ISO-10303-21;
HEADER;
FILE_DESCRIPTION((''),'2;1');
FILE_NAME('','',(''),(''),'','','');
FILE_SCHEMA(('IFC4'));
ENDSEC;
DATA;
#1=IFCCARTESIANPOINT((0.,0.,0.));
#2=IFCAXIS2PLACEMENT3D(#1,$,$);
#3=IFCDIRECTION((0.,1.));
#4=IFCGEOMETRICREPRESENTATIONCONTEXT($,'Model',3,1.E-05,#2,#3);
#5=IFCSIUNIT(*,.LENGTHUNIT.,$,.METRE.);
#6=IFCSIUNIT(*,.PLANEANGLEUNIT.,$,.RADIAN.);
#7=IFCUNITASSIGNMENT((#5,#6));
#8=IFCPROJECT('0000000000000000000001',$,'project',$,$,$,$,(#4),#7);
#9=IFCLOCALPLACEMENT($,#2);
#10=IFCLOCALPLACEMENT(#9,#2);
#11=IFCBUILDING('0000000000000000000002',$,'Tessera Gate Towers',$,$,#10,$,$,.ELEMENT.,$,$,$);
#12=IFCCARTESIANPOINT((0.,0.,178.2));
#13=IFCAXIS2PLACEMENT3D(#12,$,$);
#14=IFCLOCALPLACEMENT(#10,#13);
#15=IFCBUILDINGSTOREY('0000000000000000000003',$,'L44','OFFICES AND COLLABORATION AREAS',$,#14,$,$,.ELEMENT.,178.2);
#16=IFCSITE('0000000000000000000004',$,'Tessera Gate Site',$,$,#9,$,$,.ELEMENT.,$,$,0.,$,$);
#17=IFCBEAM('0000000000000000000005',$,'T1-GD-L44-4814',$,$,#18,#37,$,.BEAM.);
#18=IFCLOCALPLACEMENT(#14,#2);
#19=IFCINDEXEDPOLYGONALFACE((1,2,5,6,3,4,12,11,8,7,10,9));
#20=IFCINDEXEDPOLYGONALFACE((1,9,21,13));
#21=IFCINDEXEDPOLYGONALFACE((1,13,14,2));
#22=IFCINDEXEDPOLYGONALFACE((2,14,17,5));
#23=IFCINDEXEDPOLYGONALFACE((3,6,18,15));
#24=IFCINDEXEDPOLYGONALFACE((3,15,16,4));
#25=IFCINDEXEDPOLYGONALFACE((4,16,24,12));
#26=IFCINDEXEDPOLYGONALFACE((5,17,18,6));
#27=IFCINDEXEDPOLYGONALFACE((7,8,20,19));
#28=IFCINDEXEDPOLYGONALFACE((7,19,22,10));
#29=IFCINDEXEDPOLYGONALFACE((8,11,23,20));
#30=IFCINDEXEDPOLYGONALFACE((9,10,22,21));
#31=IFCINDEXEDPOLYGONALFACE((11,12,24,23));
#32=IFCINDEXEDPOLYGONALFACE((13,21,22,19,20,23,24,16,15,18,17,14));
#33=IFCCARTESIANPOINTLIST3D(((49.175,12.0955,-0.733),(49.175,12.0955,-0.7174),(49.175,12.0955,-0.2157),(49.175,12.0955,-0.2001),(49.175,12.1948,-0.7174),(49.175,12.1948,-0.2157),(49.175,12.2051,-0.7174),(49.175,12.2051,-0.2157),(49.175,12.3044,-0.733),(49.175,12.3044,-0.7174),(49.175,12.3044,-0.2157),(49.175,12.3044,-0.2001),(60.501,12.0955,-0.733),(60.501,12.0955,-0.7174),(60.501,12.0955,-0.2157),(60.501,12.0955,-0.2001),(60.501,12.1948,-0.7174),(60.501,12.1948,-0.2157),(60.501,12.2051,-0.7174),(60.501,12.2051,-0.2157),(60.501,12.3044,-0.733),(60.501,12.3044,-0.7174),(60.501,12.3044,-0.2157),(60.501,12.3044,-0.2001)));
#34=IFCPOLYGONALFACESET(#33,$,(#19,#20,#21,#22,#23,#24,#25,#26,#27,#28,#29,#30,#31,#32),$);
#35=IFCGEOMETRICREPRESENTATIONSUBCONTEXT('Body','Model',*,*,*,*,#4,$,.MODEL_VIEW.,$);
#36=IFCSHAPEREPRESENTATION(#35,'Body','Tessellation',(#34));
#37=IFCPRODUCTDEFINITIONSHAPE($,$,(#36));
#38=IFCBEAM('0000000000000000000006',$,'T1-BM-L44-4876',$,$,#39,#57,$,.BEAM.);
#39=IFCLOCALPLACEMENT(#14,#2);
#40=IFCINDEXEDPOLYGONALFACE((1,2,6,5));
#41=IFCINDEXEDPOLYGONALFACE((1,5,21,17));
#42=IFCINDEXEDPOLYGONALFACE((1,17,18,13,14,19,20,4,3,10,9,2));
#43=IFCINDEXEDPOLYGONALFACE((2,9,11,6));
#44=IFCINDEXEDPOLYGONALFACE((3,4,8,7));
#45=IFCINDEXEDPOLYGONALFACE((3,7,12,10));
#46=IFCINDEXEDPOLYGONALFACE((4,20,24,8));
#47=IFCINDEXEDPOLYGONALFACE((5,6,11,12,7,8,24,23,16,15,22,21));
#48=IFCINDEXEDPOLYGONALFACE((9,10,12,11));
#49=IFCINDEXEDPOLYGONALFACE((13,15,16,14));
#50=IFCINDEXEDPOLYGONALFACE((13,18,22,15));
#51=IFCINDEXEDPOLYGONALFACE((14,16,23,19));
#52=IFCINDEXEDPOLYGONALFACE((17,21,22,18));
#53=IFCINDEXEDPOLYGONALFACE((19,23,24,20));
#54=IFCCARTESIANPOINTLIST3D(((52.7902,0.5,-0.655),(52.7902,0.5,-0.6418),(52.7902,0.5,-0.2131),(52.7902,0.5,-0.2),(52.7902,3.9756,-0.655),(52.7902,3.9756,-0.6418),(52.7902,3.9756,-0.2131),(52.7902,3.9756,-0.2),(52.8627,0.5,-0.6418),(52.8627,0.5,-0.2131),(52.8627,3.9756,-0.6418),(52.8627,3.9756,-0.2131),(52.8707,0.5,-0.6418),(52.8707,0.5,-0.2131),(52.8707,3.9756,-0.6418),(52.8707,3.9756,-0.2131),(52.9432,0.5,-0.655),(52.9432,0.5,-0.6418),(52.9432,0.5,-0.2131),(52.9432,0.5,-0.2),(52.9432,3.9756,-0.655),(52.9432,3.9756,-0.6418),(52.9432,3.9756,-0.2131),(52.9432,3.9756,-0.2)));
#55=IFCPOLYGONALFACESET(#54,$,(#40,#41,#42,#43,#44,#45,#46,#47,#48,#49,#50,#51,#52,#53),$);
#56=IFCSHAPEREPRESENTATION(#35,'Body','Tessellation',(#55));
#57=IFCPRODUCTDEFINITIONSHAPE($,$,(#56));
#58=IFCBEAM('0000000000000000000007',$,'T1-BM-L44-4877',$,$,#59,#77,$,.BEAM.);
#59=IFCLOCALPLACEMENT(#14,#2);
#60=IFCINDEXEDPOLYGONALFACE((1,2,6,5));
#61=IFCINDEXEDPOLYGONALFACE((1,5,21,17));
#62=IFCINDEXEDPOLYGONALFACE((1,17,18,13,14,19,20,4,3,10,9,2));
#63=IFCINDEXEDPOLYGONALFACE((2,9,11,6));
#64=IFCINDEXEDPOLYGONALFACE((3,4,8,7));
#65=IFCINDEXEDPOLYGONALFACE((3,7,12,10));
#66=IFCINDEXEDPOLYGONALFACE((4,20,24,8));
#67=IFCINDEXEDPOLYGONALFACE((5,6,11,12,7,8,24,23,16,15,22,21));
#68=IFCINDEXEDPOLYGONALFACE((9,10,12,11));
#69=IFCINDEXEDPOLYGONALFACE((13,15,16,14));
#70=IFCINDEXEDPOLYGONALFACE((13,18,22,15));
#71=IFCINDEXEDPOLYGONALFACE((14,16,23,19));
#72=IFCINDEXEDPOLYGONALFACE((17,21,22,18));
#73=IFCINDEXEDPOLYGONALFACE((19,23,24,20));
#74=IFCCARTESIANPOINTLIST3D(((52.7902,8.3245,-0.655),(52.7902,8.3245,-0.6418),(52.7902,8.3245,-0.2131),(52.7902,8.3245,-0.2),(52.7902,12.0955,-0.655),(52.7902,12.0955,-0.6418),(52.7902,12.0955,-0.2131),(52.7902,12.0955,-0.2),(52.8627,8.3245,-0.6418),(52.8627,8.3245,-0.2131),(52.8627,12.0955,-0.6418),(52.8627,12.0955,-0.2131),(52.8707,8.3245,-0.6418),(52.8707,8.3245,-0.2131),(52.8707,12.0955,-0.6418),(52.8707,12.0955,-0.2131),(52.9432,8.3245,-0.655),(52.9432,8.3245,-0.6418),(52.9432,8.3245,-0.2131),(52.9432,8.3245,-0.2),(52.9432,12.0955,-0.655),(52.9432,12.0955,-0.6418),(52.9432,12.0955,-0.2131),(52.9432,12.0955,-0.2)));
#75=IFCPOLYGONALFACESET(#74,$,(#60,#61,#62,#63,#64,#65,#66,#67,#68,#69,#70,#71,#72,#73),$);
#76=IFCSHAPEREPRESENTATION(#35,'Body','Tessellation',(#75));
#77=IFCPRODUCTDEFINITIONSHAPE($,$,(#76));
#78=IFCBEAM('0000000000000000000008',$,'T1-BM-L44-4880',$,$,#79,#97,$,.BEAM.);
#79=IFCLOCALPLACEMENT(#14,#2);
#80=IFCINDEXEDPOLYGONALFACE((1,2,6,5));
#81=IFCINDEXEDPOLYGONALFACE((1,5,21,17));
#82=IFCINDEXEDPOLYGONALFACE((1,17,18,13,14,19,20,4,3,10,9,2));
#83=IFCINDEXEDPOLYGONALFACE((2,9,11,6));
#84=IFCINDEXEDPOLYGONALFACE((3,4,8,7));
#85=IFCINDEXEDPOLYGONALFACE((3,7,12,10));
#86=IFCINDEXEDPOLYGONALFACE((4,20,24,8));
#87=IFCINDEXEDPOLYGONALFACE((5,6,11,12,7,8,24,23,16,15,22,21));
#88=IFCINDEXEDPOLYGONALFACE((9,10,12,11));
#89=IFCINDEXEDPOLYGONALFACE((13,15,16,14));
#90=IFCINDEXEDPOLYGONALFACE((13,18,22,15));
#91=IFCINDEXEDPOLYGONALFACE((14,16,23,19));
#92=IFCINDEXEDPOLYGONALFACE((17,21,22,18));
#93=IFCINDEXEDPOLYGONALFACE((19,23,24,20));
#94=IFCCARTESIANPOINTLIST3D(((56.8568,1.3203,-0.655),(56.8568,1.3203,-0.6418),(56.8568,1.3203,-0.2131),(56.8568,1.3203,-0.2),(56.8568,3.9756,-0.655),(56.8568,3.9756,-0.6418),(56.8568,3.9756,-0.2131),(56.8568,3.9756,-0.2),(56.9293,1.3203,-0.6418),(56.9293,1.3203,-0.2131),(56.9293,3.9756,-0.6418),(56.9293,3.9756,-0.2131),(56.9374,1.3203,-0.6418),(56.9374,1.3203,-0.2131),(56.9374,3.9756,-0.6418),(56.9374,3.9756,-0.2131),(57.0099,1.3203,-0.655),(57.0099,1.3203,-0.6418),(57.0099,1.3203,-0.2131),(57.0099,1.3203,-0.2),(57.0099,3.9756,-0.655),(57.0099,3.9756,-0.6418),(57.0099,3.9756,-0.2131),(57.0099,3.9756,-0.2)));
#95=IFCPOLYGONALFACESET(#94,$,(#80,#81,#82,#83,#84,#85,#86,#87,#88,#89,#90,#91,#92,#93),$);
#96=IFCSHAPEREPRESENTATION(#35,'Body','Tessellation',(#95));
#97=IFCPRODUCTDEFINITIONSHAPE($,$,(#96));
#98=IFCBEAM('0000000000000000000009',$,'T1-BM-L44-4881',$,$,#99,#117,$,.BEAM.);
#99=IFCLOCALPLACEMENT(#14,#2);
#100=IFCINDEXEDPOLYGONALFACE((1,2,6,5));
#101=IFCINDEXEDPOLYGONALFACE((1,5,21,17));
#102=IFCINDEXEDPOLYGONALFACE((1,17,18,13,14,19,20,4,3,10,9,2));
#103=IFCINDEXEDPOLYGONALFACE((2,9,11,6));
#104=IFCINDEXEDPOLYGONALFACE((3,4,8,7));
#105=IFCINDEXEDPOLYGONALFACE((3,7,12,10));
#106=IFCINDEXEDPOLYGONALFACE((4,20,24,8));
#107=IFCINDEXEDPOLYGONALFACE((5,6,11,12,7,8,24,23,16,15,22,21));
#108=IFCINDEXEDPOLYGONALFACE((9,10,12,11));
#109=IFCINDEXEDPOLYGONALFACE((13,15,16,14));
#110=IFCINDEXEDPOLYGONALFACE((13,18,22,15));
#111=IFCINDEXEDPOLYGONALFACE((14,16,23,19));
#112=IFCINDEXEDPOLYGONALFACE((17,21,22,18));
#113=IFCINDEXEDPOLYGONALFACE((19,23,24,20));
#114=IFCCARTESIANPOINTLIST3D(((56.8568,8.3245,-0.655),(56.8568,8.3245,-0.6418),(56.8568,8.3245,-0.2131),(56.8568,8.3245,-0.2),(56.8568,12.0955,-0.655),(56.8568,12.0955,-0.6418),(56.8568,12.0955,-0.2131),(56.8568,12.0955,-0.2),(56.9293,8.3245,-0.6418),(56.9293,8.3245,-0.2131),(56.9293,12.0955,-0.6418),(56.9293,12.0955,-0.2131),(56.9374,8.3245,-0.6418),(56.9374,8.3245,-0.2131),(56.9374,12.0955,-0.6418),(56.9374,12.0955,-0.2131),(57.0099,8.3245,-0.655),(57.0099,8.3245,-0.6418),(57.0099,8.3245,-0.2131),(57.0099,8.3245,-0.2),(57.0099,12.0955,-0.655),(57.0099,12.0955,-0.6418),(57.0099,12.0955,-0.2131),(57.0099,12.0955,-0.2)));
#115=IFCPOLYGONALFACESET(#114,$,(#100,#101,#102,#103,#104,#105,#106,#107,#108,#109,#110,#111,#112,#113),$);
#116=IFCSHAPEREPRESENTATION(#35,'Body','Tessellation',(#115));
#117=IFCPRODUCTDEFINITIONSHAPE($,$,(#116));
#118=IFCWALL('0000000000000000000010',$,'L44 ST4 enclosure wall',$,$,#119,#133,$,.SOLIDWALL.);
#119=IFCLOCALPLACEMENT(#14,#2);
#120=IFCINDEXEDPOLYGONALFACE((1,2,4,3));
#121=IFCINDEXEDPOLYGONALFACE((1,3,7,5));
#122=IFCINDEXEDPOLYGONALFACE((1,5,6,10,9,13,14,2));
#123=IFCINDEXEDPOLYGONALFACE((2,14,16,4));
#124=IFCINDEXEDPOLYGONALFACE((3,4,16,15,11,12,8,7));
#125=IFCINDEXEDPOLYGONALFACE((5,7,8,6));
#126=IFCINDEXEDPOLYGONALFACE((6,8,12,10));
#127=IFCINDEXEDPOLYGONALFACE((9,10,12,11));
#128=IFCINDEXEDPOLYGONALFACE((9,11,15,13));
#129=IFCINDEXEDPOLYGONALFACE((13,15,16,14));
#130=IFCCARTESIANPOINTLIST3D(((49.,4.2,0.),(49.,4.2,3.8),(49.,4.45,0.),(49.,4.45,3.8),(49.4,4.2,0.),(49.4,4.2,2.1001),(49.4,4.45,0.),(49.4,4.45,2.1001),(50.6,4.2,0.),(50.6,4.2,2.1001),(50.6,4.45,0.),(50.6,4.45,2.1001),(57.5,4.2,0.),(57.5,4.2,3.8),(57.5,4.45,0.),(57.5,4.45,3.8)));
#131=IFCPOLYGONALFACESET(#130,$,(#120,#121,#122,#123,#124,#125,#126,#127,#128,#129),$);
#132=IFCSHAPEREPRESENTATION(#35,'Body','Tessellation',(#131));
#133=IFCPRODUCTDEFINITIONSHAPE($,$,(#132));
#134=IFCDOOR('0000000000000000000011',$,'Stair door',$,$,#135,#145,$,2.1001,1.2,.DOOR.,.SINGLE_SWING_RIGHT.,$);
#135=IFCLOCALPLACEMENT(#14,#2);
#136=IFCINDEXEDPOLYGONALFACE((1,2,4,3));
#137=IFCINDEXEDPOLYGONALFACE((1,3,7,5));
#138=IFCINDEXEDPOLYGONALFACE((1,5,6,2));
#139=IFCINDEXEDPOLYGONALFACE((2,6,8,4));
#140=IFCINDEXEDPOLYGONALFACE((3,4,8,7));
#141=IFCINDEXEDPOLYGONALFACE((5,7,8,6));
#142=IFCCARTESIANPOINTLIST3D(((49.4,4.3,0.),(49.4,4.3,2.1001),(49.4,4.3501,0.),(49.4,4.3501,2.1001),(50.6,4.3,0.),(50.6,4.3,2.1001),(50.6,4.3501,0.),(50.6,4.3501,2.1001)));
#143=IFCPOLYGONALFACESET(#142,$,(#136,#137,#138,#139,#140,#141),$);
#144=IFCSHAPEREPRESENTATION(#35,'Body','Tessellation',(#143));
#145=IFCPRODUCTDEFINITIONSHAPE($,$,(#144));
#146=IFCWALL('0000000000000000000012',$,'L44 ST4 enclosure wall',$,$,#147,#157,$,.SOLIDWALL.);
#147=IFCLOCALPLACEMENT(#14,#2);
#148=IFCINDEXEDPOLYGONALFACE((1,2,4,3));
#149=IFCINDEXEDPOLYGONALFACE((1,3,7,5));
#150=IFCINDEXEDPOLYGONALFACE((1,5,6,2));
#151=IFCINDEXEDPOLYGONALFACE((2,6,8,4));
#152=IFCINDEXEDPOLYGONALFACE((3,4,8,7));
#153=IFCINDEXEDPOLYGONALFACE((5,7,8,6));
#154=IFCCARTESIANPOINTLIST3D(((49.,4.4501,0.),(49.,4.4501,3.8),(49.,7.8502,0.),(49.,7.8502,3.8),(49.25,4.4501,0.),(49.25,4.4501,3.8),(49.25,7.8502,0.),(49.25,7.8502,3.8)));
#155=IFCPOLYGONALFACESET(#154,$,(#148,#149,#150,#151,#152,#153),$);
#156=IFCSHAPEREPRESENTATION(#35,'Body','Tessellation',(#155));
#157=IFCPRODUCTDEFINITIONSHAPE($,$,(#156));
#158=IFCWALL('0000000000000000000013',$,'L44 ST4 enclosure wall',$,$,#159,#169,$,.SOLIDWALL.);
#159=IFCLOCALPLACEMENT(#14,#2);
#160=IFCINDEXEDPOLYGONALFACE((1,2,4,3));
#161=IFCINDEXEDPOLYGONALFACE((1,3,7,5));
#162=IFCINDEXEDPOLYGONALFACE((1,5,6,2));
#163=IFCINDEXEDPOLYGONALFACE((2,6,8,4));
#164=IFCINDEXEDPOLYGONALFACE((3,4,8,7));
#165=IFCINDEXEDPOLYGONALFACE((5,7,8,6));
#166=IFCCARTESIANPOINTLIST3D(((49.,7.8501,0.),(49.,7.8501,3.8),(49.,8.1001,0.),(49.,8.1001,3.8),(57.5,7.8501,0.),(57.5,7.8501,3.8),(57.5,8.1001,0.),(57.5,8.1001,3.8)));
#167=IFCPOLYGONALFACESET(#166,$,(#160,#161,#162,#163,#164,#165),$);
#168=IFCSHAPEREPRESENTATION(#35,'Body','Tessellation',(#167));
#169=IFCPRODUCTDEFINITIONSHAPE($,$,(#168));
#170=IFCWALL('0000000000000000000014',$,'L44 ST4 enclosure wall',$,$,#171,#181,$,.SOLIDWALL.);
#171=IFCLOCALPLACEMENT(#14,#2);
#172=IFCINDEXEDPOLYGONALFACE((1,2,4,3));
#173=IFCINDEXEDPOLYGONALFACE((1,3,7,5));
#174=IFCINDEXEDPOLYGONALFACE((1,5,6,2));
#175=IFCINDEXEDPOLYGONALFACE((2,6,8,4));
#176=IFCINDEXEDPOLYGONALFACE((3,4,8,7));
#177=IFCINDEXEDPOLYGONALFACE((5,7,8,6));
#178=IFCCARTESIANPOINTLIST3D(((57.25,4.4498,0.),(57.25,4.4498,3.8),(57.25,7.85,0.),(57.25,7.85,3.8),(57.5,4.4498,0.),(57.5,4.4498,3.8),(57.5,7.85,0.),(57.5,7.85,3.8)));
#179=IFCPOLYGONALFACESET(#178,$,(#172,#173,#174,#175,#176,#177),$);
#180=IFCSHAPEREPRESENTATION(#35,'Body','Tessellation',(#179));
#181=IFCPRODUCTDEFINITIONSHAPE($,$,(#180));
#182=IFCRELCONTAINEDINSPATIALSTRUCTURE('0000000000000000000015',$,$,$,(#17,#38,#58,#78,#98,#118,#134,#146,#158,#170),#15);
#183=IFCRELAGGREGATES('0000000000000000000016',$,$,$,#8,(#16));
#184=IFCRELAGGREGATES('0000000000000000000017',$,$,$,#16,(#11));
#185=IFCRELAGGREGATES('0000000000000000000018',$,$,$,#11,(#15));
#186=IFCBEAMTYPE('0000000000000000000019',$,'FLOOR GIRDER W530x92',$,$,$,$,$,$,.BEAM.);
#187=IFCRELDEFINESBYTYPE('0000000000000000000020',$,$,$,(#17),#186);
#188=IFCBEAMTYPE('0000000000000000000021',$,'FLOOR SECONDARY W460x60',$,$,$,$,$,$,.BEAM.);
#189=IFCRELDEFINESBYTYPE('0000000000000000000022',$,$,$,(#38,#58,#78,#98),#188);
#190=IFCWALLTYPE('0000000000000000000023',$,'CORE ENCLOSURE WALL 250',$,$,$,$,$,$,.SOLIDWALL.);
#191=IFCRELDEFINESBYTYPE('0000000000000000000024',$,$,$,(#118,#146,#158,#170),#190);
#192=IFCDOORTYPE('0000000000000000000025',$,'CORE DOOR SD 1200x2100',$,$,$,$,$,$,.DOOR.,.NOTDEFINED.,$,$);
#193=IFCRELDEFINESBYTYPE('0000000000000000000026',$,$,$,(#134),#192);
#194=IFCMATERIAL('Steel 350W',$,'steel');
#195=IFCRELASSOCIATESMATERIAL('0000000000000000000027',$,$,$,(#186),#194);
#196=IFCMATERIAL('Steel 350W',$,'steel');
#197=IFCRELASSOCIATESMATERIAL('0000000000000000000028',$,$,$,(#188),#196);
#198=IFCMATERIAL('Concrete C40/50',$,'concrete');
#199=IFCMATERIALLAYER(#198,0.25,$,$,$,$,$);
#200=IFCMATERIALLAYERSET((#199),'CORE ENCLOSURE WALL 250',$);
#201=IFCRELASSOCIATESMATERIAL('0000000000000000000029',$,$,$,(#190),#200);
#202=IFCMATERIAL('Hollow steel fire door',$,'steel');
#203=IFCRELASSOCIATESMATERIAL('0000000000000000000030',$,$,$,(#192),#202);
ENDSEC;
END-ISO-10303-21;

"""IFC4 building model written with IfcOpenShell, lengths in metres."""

from ifc_helpers import new_model, si_unit, direction, frame, frame_2d, origin, origin_2d, place, context, subcontext, project, spatial, rectangle, i_section, extrude, source, transform, mapped, material, layer, layer_set, material_profile, profile_set, type_object, element, fill, save


model = new_model("IFC4")

# Units and contexts
model_context = context("Model", 3, precision=1e-05, world=origin(), true_north=direction((0.0, 1.0)))
body_context = subcontext(model_context, "Body", "Model", "MODEL_VIEW")
ifc_project = project(units=[si_unit("LENGTHUNIT", "METRE"), si_unit("PLANEANGLEUNIT", "RADIAN")], contexts=[model_context])

# Site, building, storey
site_placement = place(None, origin())
site = spatial("IfcSite", under=ifc_project, at=site_placement, Name="Tessera Gate Site", CompositionType="ELEMENT", RefElevation=0.0)
building_placement = place(site_placement, origin())
building = spatial("IfcBuilding", under=site, at=building_placement, Name="Tessera Gate Towers", CompositionType="ELEMENT")
storey_placement = place(building_placement, frame((0.0, 0.0, 178.2)))
storey = spatial("IfcBuildingStorey", under=building, at=storey_placement, Name="L44", Description="OFFICES AND COLLABORATION AREAS", CompositionType="ELEMENT", Elevation=178.2)

# Beams
ifc_material_1 = material(Name="Steel 350W", Category="steel")
ifc_material_profile_1 = material_profile(ifc_material_1, i_section(OverallWidth=0.209, OverallDepth=0.533, WebThickness=0.0103, FlangeThickness=0.0156, at=origin_2d()), Name="W530x92")
ifc_profile_set_1 = profile_set([ifc_material_profile_1], Name="Steel 350W")
beam_type_1 = type_object("IfcBeamType", Name="FLOOR GIRDER W530x92", PredefinedType="BEAM", material=ifc_profile_set_1)
beam_1_placement = place(storey_placement, frame((49.175, 12.2, -0.4666), z_axis=(1.0, 0.0, 0.0), x_axis=(0.0, 1.0, 0.0)))
element("IfcBeam", 1, at=beam_1_placement, inside=storey, type_object=beam_type_1, Name="T1-GD-L44-4814", PredefinedType="BEAM", context=body_context, shape_type="SweptSolid", body=[
    extrude(i_section(OverallWidth=0.209, OverallDepth=0.533, WebThickness=0.0103, FlangeThickness=0.0156, at=origin_2d()), origin(), (0.0, 0.0, 1.0), 11.3259),
])
ifc_material_2 = material(Name="Steel 350W", Category="steel")
ifc_material_profile_2 = material_profile(ifc_material_2, i_section(OverallWidth=0.1531, OverallDepth=0.4551, WebThickness=0.0081, FlangeThickness=0.0132, at=origin_2d()), Name="W460x60")
ifc_profile_set_2 = profile_set([ifc_material_profile_2], Name="Steel 350W")
beam_type_2 = type_object("IfcBeamType", Name="FLOOR SECONDARY W460x60", PredefinedType="BEAM", material=ifc_profile_set_2)
beam_2_placement = place(storey_placement, frame((52.8667, 0.5, -0.4275), z_axis=(0.0, 1.0, 0.0), x_axis=(-1.0, 0.0, 0.0)))
element("IfcBeam", 2, at=beam_2_placement, inside=storey, type_object=beam_type_2, Name="T1-BM-L44-4876", PredefinedType="BEAM", context=body_context, shape_type="SweptSolid", body=[
    extrude(i_section(OverallWidth=0.1531, OverallDepth=0.4551, WebThickness=0.0081, FlangeThickness=0.0132, at=origin_2d()), origin(), (0.0, 0.0, 1.0), 3.4756),
])
beam_3_placement = place(storey_placement, frame((52.8667, 8.3245, -0.4275), z_axis=(0.0, 1.0, 0.0), x_axis=(-1.0, 0.0, 0.0)))
element("IfcBeam", 3, at=beam_3_placement, inside=storey, type_object=beam_type_2, Name="T1-BM-L44-4877", PredefinedType="BEAM", context=body_context, shape_type="SweptSolid", body=[
    extrude(i_section(OverallWidth=0.1531, OverallDepth=0.4551, WebThickness=0.0081, FlangeThickness=0.0132, at=origin_2d()), origin(), (0.0, 0.0, 1.0), 3.771),
])
beam_4_placement = place(storey_placement, frame((56.9333, 1.3203, -0.4275), z_axis=(0.0, 1.0, 0.0), x_axis=(-1.0, 0.0, 0.0)))
element("IfcBeam", 4, at=beam_4_placement, inside=storey, type_object=beam_type_2, Name="T1-BM-L44-4880", PredefinedType="BEAM", context=body_context, shape_type="SweptSolid", body=[
    extrude(i_section(OverallWidth=0.1531, OverallDepth=0.4551, WebThickness=0.0081, FlangeThickness=0.0132, at=origin_2d()), origin(), (0.0, 0.0, 1.0), 2.6553),
])
beam_5_placement = place(storey_placement, frame((56.9333, 8.3245, -0.4275), z_axis=(0.0, 1.0, 0.0), x_axis=(-1.0, 0.0, 0.0)))
element("IfcBeam", 5, at=beam_5_placement, inside=storey, type_object=beam_type_2, Name="T1-BM-L44-4881", PredefinedType="BEAM", context=body_context, shape_type="SweptSolid", body=[
    extrude(i_section(OverallWidth=0.1531, OverallDepth=0.4551, WebThickness=0.0081, FlangeThickness=0.0132, at=origin_2d()), origin(), (0.0, 0.0, 1.0), 3.771),
])

# Wall, opening, door
ifc_material_3 = material(Name="Concrete C40/50", Category="concrete")
ifc_layer_1 = layer(ifc_material_3, 0.25)
ifc_layer_set_1 = layer_set([ifc_layer_1], Name="CORE ENCLOSURE WALL 250")
wall_type_1 = type_object("IfcWallType", Name="CORE ENCLOSURE WALL 250", PredefinedType="SOLIDWALL", material=ifc_layer_set_1)
wall_1_placement = place(storey_placement, frame((57.5, 4.325, 0.0), z_axis=(0.0, 0.0, 1.0), x_axis=(-1.0, 0.0, 0.0)))
wall_1 = element("IfcWall", 6, at=wall_1_placement, inside=storey, type_object=wall_type_1, Name="L44 ST4 enclosure wall", PredefinedType="SOLIDWALL", context=body_context, shape_type="SweptSolid", body=[
    extrude(rectangle(XDim=8.5, YDim=0.25, at=frame_2d((4.25, 0.0))), origin(), (0.0, 0.0, 1.0), 3.8),
])
shared_shape_1 = source(origin(), body_context, "Body", "SweptSolid", [
    extrude(rectangle(XDim=1.2, YDim=2.1001, at=frame_2d((0.6001, 1.05))), frame((0.0, 0.135, 0.0), z_axis=(0.0, -1.0, 0.0), x_axis=(1.0, 0.0, 0.0)), (0.0, 0.0, 1.0), 0.27),
])
opening_1_placement = place(wall_1_placement, frame((6.8999, 0.0, 0.0)))
opening_1 = element("IfcOpeningElement", 7, at=opening_1_placement, cuts=wall_1, PredefinedType="OPENING", context=body_context, shape_type="MappedRepresentation", body=[
    mapped(shared_shape_1, transform((0.0, 0.0, 0.0), scale=1.0)),
])
ifc_material_4 = material(Name="Hollow steel fire door", Category="steel")
door_type = type_object("IfcDoorType", Name="CORE DOOR SD 1200x2100", OperationType="NOTDEFINED", PredefinedType="DOOR", material=ifc_material_4)
shared_shape_2 = source(origin(), body_context, "Body", "SweptSolid", [
    extrude(rectangle(XDim=1.2, YDim=2.1001, at=frame_2d((0.6001, 1.05))), frame((0.0, 0.0249, 0.0), z_axis=(0.0, -1.0, 0.0), x_axis=(1.0, 0.0, 0.0)), (0.0, 0.0, 1.0), 0.05),
])
door_placement = place(opening_1_placement, origin())
door = element("IfcDoor", 8, at=door_placement, inside=storey, type_object=door_type, Name="Stair door", OperationType="SINGLE_SWING_RIGHT", OverallHeight=2.1001, OverallWidth=1.2, PredefinedType="DOOR", context=body_context, shape_type="MappedRepresentation", body=[
    mapped(shared_shape_2, transform((0.0, 0.0, 0.0), scale=1.0)),
])
fill(opening_1, door)

# Walls
wall_2_placement = place(storey_placement, frame((49.125, 4.45, 0.0), z_axis=(0.0, 0.0, 1.0), x_axis=(0.0, 1.0, 0.0)))
element("IfcWall", 9, at=wall_2_placement, inside=storey, type_object=wall_type_1, Name="L44 ST4 enclosure wall", PredefinedType="SOLIDWALL", context=body_context, shape_type="SweptSolid", body=[
    extrude(rectangle(XDim=3.4001, YDim=0.25, at=frame_2d((1.7002, 0.0))), origin(), (0.0, 0.0, 1.0), 3.8),
])
wall_3_placement = place(storey_placement, frame((49.0, 7.9751, 0.0), z_axis=(0.0, 0.0, 1.0), x_axis=(1.0, 0.0, 0.0)))
element("IfcWall", 10, at=wall_3_placement, inside=storey, type_object=wall_type_1, Name="L44 ST4 enclosure wall", PredefinedType="SOLIDWALL", context=body_context, shape_type="SweptSolid", body=[
    extrude(rectangle(XDim=8.5, YDim=0.25, at=frame_2d((4.25, 0.0))), origin(), (0.0, 0.0, 1.0), 3.8),
])
wall_4_placement = place(storey_placement, frame((57.375, 7.8501, 0.0), z_axis=(0.0, 0.0, 1.0), x_axis=(0.0, -1.0, 0.0)))
element("IfcWall", 11, at=wall_4_placement, inside=storey, type_object=wall_type_1, Name="L44 ST4 enclosure wall", PredefinedType="SOLIDWALL", context=body_context, shape_type="SweptSolid", body=[
    extrude(rectangle(XDim=3.4001, YDim=0.25, at=frame_2d((1.7002, 0.0))), origin(), (0.0, 0.0, 1.0), 3.8),
])

save(model, "model.ifc")
